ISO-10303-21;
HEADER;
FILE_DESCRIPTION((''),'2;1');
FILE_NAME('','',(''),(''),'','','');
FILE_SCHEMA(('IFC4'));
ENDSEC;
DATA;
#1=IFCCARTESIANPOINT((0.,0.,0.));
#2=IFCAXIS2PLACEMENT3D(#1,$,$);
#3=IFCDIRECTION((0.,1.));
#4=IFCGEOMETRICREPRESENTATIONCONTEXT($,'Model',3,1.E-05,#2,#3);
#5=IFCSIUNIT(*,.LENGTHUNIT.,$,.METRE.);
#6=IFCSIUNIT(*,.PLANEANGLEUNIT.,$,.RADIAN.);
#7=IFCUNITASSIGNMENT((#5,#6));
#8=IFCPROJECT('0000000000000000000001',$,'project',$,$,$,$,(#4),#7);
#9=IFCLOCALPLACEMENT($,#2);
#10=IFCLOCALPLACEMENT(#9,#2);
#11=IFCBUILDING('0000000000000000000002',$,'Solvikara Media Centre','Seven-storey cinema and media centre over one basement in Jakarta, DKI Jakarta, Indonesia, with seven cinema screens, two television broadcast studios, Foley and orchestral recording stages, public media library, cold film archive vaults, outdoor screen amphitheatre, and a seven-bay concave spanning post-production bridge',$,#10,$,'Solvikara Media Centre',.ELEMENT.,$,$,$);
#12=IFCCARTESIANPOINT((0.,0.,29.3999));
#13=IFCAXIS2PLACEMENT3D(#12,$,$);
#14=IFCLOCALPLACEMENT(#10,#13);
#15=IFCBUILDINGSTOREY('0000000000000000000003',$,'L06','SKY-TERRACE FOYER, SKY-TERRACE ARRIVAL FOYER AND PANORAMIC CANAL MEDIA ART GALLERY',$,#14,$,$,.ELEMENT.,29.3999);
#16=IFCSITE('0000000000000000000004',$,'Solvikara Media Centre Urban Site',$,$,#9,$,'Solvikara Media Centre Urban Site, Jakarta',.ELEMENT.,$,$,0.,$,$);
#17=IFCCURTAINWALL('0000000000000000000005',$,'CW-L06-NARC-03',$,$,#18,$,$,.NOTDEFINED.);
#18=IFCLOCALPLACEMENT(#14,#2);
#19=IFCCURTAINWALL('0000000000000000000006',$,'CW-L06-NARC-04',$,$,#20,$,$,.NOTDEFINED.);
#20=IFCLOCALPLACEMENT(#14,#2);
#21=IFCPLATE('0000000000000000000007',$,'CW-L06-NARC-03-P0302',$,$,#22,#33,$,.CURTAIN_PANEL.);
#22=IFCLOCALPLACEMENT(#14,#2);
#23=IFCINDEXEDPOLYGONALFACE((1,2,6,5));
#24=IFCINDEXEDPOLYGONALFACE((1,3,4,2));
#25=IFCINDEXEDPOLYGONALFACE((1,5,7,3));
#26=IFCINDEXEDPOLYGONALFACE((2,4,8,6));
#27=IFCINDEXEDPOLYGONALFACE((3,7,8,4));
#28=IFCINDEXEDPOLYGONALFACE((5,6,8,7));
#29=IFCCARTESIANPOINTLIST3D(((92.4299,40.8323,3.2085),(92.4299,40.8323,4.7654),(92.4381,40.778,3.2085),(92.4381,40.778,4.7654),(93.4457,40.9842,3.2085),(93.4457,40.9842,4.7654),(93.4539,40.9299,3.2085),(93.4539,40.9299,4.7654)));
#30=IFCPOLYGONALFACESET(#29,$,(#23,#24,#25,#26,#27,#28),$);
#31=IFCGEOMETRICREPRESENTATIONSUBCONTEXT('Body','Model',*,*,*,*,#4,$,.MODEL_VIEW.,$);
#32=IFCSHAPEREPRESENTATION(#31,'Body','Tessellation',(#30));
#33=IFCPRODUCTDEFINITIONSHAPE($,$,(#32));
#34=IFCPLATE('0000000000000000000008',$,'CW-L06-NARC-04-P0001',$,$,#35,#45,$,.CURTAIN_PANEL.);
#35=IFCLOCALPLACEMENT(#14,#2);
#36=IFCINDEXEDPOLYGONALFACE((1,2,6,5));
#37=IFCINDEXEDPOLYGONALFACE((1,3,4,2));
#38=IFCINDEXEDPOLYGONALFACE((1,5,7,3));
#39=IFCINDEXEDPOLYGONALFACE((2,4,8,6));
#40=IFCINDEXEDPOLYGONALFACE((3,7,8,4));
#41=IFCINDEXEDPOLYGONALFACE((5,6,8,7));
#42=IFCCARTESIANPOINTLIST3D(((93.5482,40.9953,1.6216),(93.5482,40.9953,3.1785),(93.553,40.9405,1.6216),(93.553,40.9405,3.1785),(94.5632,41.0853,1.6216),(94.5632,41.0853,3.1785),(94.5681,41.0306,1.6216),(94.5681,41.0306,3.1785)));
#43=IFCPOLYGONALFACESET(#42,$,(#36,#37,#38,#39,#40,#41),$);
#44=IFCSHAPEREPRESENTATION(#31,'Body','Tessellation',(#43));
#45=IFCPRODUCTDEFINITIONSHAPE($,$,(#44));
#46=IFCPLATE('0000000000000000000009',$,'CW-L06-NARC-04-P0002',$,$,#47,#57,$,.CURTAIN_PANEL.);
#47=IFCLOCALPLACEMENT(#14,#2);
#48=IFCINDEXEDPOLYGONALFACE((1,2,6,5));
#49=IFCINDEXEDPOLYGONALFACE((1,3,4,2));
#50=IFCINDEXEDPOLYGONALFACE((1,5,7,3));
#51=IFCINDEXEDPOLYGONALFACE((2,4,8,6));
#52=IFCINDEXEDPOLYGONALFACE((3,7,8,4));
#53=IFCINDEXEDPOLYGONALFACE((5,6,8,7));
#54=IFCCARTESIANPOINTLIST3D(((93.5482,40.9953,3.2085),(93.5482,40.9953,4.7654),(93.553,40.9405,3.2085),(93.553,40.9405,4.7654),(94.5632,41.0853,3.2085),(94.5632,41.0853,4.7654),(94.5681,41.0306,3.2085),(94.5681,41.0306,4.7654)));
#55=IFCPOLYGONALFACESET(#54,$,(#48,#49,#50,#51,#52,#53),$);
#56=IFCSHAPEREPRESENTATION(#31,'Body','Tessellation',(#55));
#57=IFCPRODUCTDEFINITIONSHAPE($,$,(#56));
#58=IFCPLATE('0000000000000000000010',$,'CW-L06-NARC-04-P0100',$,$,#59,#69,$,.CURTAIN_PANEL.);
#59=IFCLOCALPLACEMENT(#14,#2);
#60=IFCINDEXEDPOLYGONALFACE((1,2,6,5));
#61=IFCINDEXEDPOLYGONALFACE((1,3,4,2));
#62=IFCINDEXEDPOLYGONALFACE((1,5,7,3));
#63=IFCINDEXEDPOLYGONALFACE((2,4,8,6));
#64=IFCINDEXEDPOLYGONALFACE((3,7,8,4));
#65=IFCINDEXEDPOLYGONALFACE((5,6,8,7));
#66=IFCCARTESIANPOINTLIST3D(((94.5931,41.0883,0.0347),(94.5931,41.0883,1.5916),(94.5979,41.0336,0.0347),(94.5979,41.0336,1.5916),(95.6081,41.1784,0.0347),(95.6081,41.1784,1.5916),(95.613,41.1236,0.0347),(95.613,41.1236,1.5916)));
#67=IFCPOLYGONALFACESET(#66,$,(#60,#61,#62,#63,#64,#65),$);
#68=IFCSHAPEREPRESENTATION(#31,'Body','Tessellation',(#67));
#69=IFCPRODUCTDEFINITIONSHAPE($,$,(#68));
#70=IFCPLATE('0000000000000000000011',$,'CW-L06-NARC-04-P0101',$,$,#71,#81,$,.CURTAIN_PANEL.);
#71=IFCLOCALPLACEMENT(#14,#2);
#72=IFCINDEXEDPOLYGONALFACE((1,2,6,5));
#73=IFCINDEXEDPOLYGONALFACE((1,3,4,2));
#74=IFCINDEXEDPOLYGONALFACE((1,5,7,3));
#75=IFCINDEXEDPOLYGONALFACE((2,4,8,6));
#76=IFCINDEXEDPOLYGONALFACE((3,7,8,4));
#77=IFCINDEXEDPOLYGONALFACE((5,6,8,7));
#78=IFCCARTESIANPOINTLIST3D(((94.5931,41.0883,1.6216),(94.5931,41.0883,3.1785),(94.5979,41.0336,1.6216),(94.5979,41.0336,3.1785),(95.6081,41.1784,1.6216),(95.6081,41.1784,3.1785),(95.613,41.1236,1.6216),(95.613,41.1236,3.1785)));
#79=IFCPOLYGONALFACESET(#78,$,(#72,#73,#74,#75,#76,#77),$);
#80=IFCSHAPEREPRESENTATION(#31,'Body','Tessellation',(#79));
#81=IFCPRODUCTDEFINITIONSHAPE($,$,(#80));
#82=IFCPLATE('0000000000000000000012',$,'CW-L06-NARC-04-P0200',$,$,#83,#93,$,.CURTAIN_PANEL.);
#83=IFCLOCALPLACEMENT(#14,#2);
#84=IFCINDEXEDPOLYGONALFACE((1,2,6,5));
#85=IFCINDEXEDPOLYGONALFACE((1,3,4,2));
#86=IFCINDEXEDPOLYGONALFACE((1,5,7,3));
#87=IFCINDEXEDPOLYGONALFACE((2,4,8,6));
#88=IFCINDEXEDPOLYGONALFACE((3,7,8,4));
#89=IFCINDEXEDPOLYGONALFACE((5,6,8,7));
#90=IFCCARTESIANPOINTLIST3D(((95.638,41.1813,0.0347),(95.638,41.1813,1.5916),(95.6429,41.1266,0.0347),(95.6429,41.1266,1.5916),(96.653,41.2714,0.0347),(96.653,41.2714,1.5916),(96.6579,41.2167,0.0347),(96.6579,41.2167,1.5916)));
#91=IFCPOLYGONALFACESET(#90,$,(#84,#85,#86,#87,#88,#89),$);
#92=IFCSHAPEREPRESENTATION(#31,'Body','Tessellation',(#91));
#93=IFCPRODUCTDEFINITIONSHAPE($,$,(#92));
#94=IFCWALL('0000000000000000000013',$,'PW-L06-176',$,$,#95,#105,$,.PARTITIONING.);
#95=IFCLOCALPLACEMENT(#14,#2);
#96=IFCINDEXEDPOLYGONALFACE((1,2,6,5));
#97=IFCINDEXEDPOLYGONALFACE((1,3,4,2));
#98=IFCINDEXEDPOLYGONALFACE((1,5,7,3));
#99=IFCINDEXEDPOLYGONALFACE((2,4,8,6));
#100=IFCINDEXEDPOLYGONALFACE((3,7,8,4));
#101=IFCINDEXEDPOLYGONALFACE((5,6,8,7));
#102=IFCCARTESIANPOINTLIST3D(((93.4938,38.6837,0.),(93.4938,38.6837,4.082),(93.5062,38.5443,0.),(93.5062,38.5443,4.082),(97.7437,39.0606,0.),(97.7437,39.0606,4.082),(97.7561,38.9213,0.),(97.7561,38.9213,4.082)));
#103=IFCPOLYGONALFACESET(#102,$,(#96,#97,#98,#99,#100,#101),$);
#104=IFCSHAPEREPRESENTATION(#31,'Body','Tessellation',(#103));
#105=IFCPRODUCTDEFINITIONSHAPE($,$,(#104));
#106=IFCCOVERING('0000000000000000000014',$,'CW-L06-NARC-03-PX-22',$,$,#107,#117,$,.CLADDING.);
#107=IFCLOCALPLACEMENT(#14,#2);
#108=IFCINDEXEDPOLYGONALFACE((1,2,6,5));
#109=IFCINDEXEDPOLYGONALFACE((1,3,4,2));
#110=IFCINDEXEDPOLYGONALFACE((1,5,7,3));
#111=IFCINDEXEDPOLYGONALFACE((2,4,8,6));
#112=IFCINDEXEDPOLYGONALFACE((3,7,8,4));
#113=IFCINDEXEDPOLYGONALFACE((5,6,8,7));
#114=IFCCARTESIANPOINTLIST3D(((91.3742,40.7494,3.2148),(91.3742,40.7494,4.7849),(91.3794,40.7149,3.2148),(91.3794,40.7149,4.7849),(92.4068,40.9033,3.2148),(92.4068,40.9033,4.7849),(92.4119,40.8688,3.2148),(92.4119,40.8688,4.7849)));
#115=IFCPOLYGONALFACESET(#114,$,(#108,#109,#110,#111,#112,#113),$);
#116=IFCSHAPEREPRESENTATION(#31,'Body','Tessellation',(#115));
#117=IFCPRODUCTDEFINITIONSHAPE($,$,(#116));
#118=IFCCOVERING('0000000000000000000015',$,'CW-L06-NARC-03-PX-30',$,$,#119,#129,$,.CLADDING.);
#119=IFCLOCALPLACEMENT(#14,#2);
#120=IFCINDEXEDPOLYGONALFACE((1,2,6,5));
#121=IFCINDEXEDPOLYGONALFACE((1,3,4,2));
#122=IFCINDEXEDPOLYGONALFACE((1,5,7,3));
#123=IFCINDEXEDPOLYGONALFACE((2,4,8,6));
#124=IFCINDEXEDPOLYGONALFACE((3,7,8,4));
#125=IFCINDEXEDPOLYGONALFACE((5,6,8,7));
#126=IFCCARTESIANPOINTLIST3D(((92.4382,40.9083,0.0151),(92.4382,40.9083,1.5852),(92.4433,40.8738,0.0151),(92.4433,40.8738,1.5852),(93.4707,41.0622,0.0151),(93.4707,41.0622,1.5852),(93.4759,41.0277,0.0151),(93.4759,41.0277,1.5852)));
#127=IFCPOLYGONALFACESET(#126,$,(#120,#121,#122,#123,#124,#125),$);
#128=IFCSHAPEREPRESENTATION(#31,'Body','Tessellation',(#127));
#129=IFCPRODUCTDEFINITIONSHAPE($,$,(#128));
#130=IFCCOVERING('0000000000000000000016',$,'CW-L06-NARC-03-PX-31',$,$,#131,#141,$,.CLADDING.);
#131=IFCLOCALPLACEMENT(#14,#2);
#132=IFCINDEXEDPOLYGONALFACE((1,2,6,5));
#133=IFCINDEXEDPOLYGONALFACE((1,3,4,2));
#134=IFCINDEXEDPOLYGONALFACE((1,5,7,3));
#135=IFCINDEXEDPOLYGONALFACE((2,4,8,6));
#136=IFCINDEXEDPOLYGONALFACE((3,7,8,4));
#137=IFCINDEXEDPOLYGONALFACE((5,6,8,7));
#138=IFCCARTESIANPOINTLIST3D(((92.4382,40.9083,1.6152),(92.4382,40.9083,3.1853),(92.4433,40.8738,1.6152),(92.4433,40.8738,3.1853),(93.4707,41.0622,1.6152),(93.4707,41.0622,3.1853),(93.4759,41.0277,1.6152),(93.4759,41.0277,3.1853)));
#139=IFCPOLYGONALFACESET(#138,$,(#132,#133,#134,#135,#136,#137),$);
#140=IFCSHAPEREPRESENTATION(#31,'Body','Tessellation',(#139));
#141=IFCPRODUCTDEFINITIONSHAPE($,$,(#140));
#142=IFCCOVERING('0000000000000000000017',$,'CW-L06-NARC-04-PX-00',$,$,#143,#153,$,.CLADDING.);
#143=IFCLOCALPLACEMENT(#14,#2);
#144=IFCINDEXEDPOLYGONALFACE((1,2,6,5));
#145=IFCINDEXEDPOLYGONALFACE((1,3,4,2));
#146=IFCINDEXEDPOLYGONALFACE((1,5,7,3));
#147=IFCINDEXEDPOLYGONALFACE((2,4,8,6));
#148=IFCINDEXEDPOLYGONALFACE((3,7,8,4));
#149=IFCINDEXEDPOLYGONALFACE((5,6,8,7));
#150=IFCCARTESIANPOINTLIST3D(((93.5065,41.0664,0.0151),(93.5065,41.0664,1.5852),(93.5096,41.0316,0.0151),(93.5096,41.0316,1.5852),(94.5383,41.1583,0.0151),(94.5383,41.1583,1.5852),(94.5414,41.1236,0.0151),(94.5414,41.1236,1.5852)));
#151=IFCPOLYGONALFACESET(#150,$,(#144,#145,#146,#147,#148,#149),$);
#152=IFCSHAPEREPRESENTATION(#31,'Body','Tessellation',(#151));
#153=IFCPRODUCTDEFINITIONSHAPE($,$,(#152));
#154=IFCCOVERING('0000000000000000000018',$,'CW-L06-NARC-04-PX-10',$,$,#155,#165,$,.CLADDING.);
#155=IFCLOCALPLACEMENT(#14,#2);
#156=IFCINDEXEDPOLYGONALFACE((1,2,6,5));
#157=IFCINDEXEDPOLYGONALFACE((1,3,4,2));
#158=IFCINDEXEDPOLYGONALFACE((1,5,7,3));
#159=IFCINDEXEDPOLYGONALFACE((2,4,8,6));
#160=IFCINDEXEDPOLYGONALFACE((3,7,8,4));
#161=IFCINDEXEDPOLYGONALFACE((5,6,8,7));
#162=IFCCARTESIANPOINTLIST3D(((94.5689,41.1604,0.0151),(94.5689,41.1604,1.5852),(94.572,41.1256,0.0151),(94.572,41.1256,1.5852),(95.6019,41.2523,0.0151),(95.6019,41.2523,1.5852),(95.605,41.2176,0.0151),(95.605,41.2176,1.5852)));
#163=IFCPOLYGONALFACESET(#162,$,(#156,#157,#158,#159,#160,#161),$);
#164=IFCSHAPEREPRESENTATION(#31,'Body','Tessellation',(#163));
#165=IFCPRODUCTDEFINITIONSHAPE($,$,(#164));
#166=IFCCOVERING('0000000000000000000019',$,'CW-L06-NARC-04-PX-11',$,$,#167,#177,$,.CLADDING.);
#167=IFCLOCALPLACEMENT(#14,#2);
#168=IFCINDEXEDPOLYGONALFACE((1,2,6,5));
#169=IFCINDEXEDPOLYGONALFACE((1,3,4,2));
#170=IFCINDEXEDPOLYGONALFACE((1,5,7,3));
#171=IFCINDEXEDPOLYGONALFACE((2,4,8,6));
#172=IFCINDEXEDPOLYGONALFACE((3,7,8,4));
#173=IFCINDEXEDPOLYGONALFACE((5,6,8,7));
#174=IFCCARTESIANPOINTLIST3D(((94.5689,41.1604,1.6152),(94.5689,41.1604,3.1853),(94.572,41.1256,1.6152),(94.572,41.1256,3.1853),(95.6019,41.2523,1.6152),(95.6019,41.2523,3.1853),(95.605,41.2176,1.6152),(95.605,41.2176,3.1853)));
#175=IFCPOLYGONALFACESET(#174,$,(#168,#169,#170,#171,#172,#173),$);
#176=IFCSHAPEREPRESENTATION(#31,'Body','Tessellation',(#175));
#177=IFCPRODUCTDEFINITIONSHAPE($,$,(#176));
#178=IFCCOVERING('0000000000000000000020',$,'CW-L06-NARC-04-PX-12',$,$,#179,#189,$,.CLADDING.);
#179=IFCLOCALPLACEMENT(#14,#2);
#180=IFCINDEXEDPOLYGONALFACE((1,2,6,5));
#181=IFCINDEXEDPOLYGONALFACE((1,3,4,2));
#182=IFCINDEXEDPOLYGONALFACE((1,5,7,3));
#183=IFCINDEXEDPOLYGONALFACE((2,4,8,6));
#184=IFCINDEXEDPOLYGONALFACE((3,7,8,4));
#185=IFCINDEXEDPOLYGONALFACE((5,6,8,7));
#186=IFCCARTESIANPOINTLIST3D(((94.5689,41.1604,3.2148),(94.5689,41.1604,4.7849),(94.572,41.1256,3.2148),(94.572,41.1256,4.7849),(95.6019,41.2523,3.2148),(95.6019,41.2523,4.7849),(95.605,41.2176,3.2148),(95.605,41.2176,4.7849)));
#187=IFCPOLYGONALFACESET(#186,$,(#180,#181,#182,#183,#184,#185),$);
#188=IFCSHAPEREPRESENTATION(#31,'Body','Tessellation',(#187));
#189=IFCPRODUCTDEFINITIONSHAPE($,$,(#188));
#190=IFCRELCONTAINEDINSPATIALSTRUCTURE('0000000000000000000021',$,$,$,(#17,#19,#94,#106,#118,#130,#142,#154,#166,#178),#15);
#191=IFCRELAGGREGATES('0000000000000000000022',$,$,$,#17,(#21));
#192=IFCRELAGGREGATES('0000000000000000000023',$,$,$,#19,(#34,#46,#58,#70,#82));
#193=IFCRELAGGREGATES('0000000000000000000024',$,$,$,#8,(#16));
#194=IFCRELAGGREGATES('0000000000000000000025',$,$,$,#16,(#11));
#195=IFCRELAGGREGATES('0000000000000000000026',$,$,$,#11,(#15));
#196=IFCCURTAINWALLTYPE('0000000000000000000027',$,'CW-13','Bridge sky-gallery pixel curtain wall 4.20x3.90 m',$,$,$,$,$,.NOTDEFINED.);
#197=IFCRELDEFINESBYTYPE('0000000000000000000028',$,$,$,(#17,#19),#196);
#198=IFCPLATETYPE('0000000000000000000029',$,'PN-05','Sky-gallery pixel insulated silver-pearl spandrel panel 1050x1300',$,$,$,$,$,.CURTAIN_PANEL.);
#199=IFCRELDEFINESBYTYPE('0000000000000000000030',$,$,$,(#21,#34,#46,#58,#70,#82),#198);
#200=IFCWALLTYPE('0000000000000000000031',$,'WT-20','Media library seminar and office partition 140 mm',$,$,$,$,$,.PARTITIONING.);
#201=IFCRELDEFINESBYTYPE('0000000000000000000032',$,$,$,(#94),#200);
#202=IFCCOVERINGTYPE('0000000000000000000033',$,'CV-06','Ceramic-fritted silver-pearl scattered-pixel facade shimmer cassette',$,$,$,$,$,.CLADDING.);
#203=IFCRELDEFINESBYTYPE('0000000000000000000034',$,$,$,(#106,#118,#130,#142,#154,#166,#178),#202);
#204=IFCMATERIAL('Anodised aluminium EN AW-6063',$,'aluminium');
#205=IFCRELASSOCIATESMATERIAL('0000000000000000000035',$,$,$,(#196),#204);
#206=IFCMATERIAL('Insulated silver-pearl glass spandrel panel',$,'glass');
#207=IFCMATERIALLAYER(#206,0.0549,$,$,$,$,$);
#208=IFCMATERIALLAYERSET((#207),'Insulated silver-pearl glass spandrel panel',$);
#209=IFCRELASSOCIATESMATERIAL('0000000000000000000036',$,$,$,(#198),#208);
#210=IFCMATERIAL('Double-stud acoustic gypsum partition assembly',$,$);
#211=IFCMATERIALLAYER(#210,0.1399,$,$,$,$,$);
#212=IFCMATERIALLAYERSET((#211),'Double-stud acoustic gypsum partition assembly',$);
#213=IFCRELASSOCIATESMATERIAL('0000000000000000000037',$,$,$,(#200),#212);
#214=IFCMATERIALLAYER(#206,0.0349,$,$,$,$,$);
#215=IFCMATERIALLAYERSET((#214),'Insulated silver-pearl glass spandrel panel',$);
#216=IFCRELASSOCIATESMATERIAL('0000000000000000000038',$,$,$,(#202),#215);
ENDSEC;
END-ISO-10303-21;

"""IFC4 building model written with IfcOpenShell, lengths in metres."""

from ifc_helpers import new_model, si_unit, direction, frame, frame_2d, origin, origin_2d, place, context, subcontext, project, spatial, rectangle, extrude, material, layer, layer_set, type_object, element, aggregate, save


model = new_model("IFC4")

# Units and contexts
model_context = context("Model", 3, precision=1e-05, world=origin(), true_north=direction((0.0, 1.0)))
body_context = subcontext(model_context, "Body", "Model", "MODEL_VIEW")
ifc_project = project(units=[si_unit("LENGTHUNIT", "METRE"), si_unit("PLANEANGLEUNIT", "RADIAN")], contexts=[model_context])

# Site, building, storey
site_placement = place(None, origin())
site = spatial("IfcSite", under=ifc_project, at=site_placement, Name="Solvikara Media Centre Urban Site", LongName="Solvikara Media Centre Urban Site, Jakarta", CompositionType="ELEMENT", RefElevation=0.0)
building_placement = place(site_placement, origin())
building = spatial("IfcBuilding", under=site, at=building_placement, Name="Solvikara Media Centre", Description="Seven-storey cinema and media centre over one basement in Jakarta, DKI Jakarta, Indonesia, with seven cinema screens, two television broadcast studios, Foley and orchestral recording stages, public media library, cold film archive vaults, outdoor screen amphitheatre, and a seven-bay concave spanning post-production bridge", LongName="Solvikara Media Centre", CompositionType="ELEMENT")
storey_placement = place(building_placement, frame((0.0, 0.0, 29.3999)))
storey = spatial("IfcBuildingStorey", under=building, at=storey_placement, Name="L06", Description="SKY-TERRACE FOYER, SKY-TERRACE ARRIVAL FOYER AND PANORAMIC CANAL MEDIA ART GALLERY", CompositionType="ELEMENT", Elevation=29.3999)

# Curtain walls
ifc_material_1 = material(Name="Anodised aluminium EN AW-6063", Category="aluminium")
curtain_wall_type = type_object("IfcCurtainWallType", Name="CW-13", Description="Bridge sky-gallery pixel curtain wall 4.20x3.90 m", PredefinedType="NOTDEFINED", material=ifc_material_1)
curtain_wall_1_placement = place(storey_placement, origin())
curtain_wall_1 = element("IfcCurtainWall", 1, at=curtain_wall_1_placement, inside=storey, type_object=curtain_wall_type, Name="CW-L06-NARC-03", PredefinedType="NOTDEFINED")
curtain_wall_2_placement = place(storey_placement, origin())
curtain_wall_2 = element("IfcCurtainWall", 2, at=curtain_wall_2_placement, inside=storey, type_object=curtain_wall_type, Name="CW-L06-NARC-04", PredefinedType="NOTDEFINED")

# Plates
ifc_material_2 = material(Name="Insulated silver-pearl glass spandrel panel", Category="glass")
ifc_layer_1 = layer(ifc_material_2, 0.0549)
ifc_layer_set_1 = layer_set([ifc_layer_1], Name="Insulated silver-pearl glass spandrel panel")
plate_type_1 = type_object("IfcPlateType", Name="PN-05", Description="Sky-gallery pixel insulated silver-pearl spandrel panel 1050x1300", PredefinedType="CURTAIN_PANEL", material=ifc_layer_set_1)
plate_1_placement = place(storey_placement, frame((92.9419, 40.8811, 3.2085), z_axis=(0.0, 0.0, 1.0), x_axis=(0.989006, 0.147878, 0.0)))
plate_1 = element("IfcPlate", 3, at=plate_1_placement, type_object=plate_type_1, Name="CW-L06-NARC-03-P0302", PredefinedType="CURTAIN_PANEL", context=body_context, shape_type="SweptSolid", body=[
    extrude(rectangle(XDim=1.0271, YDim=0.0549, at=origin_2d()), origin(), (0.0, 0.0, 1.0), 1.5569),
])
aggregate(curtain_wall_1, [plate_1])
plate_2_placement = place(storey_placement, frame((94.0581, 41.0129, 1.6216), z_axis=(0.0, 0.0, 1.0), x_axis=(0.996084, 0.088408, 0.0)))
plate_2 = element("IfcPlate", 4, at=plate_2_placement, type_object=plate_type_1, Name="CW-L06-NARC-04-P0001", PredefinedType="CURTAIN_PANEL", context=body_context, shape_type="SweptSolid", body=[
    extrude(rectangle(XDim=1.019, YDim=0.0549, at=origin_2d()), origin(), (0.0, 0.0, 1.0), 1.5569),
])
plate_3_placement = place(storey_placement, frame((94.0581, 41.0129, 3.2085), z_axis=(0.0, 0.0, 1.0), x_axis=(0.996084, 0.088408, 0.0)))
plate_3 = element("IfcPlate", 5, at=plate_3_placement, type_object=plate_type_1, Name="CW-L06-NARC-04-P0002", PredefinedType="CURTAIN_PANEL", context=body_context, shape_type="SweptSolid", body=[
    extrude(rectangle(XDim=1.019, YDim=0.0549, at=origin_2d()), origin(), (0.0, 0.0, 1.0), 1.5569),
])
plate_4_placement = place(storey_placement, frame((95.103, 41.106, 0.0347), z_axis=(0.0, 0.0, 1.0), x_axis=(0.996084, 0.088408, 0.0)))
plate_4 = element("IfcPlate", 6, at=plate_4_placement, type_object=plate_type_1, Name="CW-L06-NARC-04-P0100", PredefinedType="CURTAIN_PANEL", context=body_context, shape_type="SweptSolid", body=[
    extrude(rectangle(XDim=1.019, YDim=0.0549, at=origin_2d()), origin(), (0.0, 0.0, 1.0), 1.5569),
])
plate_5_placement = place(storey_placement, frame((95.103, 41.106, 1.6216), z_axis=(0.0, 0.0, 1.0), x_axis=(0.996084, 0.088408, 0.0)))
plate_5 = element("IfcPlate", 7, at=plate_5_placement, type_object=plate_type_1, Name="CW-L06-NARC-04-P0101", PredefinedType="CURTAIN_PANEL", context=body_context, shape_type="SweptSolid", body=[
    extrude(rectangle(XDim=1.019, YDim=0.0549, at=origin_2d()), origin(), (0.0, 0.0, 1.0), 1.5569),
])
plate_6_placement = place(storey_placement, frame((96.1479, 41.199, 0.0347), z_axis=(0.0, 0.0, 1.0), x_axis=(0.996084, 0.088408, 0.0)))
plate_6 = element("IfcPlate", 8, at=plate_6_placement, type_object=plate_type_1, Name="CW-L06-NARC-04-P0200", PredefinedType="CURTAIN_PANEL", context=body_context, shape_type="SweptSolid", body=[
    extrude(rectangle(XDim=1.019, YDim=0.0549, at=origin_2d()), origin(), (0.0, 0.0, 1.0), 1.5569),
])
aggregate(curtain_wall_2, [plate_2, plate_3, plate_4, plate_5, plate_6])

# Wall
ifc_material_3 = material(Name="Double-stud acoustic gypsum partition assembly")
ifc_layer_2 = layer(ifc_material_3, 0.1399)
ifc_layer_set_2 = layer_set([ifc_layer_2], Name="Double-stud acoustic gypsum partition assembly")
wall_type = type_object("IfcWallType", Name="WT-20", Description="Media library seminar and office partition 140 mm", PredefinedType="PARTITIONING", material=ifc_layer_set_2)
wall_placement = place(storey_placement, frame((93.5, 38.614, 0.0), z_axis=(0.0, 0.0, 1.0), x_axis=(0.99609, 0.088348, 0.0)))
element("IfcWall", 9, at=wall_placement, inside=storey, type_object=wall_type, Name="PW-L06-176", PredefinedType="PARTITIONING", context=body_context, shape_type="SweptSolid", body=[
    extrude(rectangle(XDim=4.2666, YDim=0.1399, at=frame_2d((2.1333, 0.0))), origin(), (0.0, 0.0, 1.0), 4.082),
])

# Coverings
ifc_layer_3 = layer(ifc_material_2, 0.0349)
ifc_layer_set_3 = layer_set([ifc_layer_3], Name="Insulated silver-pearl glass spandrel panel")
covering_type = type_object("IfcCoveringType", Name="CV-06", Description="Ceramic-fritted silver-pearl scattered-pixel facade shimmer cassette", PredefinedType="CLADDING", material=ifc_layer_set_3)
for number, where, z_axis, x_axis, name in (
    (10, (91.8931, 40.8091, 3.2148), (0.0, 0.0, 1.0), (0.98907, 0.147447, 0.0), "CW-L06-NARC-03-PX-22"),
    (11, (92.957, 40.968, 0.0151), (0.0, 0.0, 1.0), (0.98907, 0.147447, 0.0), "CW-L06-NARC-03-PX-30"),
    (12, (92.957, 40.968, 1.6152), (0.0, 0.0, 1.0), (0.98907, 0.147447, 0.0), "CW-L06-NARC-03-PX-31"),
):
    element("IfcCovering", number, at=place(storey_placement, frame(where, z_axis=z_axis, x_axis=x_axis)), inside=storey, type_object=covering_type, Name=name, PredefinedType="CLADDING", context=body_context, shape_type="SweptSolid", body=[
        extrude(rectangle(XDim=1.0439, YDim=0.0349, at=origin_2d()), origin(), (0.0, 0.0, 1.0), 1.5701),
    ])
covering_placement = place(storey_placement, frame((94.0239, 41.095, 0.0151), z_axis=(0.0, 0.0, 1.0), x_axis=(0.99605, 0.08879, 0.0)))
element("IfcCovering", 13, at=covering_placement, inside=storey, type_object=covering_type, Name="CW-L06-NARC-04-PX-00", PredefinedType="CLADDING", context=body_context, shape_type="SweptSolid", body=[
    extrude(rectangle(XDim=1.0359, YDim=0.0349, at=origin_2d()), origin(), (0.0, 0.0, 1.0), 1.5701),
])
for number, where, z_axis, x_axis, name in (
    (14, (95.0869, 41.189, 0.0151), (0.0, 0.0, 1.0), (0.996058, 0.088703, 0.0), "CW-L06-NARC-04-PX-10"),
    (15, (95.0869, 41.189, 1.6152), (0.0, 0.0, 1.0), (0.996058, 0.088703, 0.0), "CW-L06-NARC-04-PX-11"),
    (16, (95.0869, 41.189, 3.2148), (0.0, 0.0, 1.0), (0.996058, 0.088703, 0.0), "CW-L06-NARC-04-PX-12"),
):
    element("IfcCovering", number, at=place(storey_placement, frame(where, z_axis=z_axis, x_axis=x_axis)), inside=storey, type_object=covering_type, Name=name, PredefinedType="CLADDING", context=body_context, shape_type="SweptSolid", body=[
        extrude(rectangle(XDim=1.0371, YDim=0.0349, at=origin_2d()), origin(), (0.0, 0.0, 1.0), 1.5701),
    ])

save(model, "model.ifc")
